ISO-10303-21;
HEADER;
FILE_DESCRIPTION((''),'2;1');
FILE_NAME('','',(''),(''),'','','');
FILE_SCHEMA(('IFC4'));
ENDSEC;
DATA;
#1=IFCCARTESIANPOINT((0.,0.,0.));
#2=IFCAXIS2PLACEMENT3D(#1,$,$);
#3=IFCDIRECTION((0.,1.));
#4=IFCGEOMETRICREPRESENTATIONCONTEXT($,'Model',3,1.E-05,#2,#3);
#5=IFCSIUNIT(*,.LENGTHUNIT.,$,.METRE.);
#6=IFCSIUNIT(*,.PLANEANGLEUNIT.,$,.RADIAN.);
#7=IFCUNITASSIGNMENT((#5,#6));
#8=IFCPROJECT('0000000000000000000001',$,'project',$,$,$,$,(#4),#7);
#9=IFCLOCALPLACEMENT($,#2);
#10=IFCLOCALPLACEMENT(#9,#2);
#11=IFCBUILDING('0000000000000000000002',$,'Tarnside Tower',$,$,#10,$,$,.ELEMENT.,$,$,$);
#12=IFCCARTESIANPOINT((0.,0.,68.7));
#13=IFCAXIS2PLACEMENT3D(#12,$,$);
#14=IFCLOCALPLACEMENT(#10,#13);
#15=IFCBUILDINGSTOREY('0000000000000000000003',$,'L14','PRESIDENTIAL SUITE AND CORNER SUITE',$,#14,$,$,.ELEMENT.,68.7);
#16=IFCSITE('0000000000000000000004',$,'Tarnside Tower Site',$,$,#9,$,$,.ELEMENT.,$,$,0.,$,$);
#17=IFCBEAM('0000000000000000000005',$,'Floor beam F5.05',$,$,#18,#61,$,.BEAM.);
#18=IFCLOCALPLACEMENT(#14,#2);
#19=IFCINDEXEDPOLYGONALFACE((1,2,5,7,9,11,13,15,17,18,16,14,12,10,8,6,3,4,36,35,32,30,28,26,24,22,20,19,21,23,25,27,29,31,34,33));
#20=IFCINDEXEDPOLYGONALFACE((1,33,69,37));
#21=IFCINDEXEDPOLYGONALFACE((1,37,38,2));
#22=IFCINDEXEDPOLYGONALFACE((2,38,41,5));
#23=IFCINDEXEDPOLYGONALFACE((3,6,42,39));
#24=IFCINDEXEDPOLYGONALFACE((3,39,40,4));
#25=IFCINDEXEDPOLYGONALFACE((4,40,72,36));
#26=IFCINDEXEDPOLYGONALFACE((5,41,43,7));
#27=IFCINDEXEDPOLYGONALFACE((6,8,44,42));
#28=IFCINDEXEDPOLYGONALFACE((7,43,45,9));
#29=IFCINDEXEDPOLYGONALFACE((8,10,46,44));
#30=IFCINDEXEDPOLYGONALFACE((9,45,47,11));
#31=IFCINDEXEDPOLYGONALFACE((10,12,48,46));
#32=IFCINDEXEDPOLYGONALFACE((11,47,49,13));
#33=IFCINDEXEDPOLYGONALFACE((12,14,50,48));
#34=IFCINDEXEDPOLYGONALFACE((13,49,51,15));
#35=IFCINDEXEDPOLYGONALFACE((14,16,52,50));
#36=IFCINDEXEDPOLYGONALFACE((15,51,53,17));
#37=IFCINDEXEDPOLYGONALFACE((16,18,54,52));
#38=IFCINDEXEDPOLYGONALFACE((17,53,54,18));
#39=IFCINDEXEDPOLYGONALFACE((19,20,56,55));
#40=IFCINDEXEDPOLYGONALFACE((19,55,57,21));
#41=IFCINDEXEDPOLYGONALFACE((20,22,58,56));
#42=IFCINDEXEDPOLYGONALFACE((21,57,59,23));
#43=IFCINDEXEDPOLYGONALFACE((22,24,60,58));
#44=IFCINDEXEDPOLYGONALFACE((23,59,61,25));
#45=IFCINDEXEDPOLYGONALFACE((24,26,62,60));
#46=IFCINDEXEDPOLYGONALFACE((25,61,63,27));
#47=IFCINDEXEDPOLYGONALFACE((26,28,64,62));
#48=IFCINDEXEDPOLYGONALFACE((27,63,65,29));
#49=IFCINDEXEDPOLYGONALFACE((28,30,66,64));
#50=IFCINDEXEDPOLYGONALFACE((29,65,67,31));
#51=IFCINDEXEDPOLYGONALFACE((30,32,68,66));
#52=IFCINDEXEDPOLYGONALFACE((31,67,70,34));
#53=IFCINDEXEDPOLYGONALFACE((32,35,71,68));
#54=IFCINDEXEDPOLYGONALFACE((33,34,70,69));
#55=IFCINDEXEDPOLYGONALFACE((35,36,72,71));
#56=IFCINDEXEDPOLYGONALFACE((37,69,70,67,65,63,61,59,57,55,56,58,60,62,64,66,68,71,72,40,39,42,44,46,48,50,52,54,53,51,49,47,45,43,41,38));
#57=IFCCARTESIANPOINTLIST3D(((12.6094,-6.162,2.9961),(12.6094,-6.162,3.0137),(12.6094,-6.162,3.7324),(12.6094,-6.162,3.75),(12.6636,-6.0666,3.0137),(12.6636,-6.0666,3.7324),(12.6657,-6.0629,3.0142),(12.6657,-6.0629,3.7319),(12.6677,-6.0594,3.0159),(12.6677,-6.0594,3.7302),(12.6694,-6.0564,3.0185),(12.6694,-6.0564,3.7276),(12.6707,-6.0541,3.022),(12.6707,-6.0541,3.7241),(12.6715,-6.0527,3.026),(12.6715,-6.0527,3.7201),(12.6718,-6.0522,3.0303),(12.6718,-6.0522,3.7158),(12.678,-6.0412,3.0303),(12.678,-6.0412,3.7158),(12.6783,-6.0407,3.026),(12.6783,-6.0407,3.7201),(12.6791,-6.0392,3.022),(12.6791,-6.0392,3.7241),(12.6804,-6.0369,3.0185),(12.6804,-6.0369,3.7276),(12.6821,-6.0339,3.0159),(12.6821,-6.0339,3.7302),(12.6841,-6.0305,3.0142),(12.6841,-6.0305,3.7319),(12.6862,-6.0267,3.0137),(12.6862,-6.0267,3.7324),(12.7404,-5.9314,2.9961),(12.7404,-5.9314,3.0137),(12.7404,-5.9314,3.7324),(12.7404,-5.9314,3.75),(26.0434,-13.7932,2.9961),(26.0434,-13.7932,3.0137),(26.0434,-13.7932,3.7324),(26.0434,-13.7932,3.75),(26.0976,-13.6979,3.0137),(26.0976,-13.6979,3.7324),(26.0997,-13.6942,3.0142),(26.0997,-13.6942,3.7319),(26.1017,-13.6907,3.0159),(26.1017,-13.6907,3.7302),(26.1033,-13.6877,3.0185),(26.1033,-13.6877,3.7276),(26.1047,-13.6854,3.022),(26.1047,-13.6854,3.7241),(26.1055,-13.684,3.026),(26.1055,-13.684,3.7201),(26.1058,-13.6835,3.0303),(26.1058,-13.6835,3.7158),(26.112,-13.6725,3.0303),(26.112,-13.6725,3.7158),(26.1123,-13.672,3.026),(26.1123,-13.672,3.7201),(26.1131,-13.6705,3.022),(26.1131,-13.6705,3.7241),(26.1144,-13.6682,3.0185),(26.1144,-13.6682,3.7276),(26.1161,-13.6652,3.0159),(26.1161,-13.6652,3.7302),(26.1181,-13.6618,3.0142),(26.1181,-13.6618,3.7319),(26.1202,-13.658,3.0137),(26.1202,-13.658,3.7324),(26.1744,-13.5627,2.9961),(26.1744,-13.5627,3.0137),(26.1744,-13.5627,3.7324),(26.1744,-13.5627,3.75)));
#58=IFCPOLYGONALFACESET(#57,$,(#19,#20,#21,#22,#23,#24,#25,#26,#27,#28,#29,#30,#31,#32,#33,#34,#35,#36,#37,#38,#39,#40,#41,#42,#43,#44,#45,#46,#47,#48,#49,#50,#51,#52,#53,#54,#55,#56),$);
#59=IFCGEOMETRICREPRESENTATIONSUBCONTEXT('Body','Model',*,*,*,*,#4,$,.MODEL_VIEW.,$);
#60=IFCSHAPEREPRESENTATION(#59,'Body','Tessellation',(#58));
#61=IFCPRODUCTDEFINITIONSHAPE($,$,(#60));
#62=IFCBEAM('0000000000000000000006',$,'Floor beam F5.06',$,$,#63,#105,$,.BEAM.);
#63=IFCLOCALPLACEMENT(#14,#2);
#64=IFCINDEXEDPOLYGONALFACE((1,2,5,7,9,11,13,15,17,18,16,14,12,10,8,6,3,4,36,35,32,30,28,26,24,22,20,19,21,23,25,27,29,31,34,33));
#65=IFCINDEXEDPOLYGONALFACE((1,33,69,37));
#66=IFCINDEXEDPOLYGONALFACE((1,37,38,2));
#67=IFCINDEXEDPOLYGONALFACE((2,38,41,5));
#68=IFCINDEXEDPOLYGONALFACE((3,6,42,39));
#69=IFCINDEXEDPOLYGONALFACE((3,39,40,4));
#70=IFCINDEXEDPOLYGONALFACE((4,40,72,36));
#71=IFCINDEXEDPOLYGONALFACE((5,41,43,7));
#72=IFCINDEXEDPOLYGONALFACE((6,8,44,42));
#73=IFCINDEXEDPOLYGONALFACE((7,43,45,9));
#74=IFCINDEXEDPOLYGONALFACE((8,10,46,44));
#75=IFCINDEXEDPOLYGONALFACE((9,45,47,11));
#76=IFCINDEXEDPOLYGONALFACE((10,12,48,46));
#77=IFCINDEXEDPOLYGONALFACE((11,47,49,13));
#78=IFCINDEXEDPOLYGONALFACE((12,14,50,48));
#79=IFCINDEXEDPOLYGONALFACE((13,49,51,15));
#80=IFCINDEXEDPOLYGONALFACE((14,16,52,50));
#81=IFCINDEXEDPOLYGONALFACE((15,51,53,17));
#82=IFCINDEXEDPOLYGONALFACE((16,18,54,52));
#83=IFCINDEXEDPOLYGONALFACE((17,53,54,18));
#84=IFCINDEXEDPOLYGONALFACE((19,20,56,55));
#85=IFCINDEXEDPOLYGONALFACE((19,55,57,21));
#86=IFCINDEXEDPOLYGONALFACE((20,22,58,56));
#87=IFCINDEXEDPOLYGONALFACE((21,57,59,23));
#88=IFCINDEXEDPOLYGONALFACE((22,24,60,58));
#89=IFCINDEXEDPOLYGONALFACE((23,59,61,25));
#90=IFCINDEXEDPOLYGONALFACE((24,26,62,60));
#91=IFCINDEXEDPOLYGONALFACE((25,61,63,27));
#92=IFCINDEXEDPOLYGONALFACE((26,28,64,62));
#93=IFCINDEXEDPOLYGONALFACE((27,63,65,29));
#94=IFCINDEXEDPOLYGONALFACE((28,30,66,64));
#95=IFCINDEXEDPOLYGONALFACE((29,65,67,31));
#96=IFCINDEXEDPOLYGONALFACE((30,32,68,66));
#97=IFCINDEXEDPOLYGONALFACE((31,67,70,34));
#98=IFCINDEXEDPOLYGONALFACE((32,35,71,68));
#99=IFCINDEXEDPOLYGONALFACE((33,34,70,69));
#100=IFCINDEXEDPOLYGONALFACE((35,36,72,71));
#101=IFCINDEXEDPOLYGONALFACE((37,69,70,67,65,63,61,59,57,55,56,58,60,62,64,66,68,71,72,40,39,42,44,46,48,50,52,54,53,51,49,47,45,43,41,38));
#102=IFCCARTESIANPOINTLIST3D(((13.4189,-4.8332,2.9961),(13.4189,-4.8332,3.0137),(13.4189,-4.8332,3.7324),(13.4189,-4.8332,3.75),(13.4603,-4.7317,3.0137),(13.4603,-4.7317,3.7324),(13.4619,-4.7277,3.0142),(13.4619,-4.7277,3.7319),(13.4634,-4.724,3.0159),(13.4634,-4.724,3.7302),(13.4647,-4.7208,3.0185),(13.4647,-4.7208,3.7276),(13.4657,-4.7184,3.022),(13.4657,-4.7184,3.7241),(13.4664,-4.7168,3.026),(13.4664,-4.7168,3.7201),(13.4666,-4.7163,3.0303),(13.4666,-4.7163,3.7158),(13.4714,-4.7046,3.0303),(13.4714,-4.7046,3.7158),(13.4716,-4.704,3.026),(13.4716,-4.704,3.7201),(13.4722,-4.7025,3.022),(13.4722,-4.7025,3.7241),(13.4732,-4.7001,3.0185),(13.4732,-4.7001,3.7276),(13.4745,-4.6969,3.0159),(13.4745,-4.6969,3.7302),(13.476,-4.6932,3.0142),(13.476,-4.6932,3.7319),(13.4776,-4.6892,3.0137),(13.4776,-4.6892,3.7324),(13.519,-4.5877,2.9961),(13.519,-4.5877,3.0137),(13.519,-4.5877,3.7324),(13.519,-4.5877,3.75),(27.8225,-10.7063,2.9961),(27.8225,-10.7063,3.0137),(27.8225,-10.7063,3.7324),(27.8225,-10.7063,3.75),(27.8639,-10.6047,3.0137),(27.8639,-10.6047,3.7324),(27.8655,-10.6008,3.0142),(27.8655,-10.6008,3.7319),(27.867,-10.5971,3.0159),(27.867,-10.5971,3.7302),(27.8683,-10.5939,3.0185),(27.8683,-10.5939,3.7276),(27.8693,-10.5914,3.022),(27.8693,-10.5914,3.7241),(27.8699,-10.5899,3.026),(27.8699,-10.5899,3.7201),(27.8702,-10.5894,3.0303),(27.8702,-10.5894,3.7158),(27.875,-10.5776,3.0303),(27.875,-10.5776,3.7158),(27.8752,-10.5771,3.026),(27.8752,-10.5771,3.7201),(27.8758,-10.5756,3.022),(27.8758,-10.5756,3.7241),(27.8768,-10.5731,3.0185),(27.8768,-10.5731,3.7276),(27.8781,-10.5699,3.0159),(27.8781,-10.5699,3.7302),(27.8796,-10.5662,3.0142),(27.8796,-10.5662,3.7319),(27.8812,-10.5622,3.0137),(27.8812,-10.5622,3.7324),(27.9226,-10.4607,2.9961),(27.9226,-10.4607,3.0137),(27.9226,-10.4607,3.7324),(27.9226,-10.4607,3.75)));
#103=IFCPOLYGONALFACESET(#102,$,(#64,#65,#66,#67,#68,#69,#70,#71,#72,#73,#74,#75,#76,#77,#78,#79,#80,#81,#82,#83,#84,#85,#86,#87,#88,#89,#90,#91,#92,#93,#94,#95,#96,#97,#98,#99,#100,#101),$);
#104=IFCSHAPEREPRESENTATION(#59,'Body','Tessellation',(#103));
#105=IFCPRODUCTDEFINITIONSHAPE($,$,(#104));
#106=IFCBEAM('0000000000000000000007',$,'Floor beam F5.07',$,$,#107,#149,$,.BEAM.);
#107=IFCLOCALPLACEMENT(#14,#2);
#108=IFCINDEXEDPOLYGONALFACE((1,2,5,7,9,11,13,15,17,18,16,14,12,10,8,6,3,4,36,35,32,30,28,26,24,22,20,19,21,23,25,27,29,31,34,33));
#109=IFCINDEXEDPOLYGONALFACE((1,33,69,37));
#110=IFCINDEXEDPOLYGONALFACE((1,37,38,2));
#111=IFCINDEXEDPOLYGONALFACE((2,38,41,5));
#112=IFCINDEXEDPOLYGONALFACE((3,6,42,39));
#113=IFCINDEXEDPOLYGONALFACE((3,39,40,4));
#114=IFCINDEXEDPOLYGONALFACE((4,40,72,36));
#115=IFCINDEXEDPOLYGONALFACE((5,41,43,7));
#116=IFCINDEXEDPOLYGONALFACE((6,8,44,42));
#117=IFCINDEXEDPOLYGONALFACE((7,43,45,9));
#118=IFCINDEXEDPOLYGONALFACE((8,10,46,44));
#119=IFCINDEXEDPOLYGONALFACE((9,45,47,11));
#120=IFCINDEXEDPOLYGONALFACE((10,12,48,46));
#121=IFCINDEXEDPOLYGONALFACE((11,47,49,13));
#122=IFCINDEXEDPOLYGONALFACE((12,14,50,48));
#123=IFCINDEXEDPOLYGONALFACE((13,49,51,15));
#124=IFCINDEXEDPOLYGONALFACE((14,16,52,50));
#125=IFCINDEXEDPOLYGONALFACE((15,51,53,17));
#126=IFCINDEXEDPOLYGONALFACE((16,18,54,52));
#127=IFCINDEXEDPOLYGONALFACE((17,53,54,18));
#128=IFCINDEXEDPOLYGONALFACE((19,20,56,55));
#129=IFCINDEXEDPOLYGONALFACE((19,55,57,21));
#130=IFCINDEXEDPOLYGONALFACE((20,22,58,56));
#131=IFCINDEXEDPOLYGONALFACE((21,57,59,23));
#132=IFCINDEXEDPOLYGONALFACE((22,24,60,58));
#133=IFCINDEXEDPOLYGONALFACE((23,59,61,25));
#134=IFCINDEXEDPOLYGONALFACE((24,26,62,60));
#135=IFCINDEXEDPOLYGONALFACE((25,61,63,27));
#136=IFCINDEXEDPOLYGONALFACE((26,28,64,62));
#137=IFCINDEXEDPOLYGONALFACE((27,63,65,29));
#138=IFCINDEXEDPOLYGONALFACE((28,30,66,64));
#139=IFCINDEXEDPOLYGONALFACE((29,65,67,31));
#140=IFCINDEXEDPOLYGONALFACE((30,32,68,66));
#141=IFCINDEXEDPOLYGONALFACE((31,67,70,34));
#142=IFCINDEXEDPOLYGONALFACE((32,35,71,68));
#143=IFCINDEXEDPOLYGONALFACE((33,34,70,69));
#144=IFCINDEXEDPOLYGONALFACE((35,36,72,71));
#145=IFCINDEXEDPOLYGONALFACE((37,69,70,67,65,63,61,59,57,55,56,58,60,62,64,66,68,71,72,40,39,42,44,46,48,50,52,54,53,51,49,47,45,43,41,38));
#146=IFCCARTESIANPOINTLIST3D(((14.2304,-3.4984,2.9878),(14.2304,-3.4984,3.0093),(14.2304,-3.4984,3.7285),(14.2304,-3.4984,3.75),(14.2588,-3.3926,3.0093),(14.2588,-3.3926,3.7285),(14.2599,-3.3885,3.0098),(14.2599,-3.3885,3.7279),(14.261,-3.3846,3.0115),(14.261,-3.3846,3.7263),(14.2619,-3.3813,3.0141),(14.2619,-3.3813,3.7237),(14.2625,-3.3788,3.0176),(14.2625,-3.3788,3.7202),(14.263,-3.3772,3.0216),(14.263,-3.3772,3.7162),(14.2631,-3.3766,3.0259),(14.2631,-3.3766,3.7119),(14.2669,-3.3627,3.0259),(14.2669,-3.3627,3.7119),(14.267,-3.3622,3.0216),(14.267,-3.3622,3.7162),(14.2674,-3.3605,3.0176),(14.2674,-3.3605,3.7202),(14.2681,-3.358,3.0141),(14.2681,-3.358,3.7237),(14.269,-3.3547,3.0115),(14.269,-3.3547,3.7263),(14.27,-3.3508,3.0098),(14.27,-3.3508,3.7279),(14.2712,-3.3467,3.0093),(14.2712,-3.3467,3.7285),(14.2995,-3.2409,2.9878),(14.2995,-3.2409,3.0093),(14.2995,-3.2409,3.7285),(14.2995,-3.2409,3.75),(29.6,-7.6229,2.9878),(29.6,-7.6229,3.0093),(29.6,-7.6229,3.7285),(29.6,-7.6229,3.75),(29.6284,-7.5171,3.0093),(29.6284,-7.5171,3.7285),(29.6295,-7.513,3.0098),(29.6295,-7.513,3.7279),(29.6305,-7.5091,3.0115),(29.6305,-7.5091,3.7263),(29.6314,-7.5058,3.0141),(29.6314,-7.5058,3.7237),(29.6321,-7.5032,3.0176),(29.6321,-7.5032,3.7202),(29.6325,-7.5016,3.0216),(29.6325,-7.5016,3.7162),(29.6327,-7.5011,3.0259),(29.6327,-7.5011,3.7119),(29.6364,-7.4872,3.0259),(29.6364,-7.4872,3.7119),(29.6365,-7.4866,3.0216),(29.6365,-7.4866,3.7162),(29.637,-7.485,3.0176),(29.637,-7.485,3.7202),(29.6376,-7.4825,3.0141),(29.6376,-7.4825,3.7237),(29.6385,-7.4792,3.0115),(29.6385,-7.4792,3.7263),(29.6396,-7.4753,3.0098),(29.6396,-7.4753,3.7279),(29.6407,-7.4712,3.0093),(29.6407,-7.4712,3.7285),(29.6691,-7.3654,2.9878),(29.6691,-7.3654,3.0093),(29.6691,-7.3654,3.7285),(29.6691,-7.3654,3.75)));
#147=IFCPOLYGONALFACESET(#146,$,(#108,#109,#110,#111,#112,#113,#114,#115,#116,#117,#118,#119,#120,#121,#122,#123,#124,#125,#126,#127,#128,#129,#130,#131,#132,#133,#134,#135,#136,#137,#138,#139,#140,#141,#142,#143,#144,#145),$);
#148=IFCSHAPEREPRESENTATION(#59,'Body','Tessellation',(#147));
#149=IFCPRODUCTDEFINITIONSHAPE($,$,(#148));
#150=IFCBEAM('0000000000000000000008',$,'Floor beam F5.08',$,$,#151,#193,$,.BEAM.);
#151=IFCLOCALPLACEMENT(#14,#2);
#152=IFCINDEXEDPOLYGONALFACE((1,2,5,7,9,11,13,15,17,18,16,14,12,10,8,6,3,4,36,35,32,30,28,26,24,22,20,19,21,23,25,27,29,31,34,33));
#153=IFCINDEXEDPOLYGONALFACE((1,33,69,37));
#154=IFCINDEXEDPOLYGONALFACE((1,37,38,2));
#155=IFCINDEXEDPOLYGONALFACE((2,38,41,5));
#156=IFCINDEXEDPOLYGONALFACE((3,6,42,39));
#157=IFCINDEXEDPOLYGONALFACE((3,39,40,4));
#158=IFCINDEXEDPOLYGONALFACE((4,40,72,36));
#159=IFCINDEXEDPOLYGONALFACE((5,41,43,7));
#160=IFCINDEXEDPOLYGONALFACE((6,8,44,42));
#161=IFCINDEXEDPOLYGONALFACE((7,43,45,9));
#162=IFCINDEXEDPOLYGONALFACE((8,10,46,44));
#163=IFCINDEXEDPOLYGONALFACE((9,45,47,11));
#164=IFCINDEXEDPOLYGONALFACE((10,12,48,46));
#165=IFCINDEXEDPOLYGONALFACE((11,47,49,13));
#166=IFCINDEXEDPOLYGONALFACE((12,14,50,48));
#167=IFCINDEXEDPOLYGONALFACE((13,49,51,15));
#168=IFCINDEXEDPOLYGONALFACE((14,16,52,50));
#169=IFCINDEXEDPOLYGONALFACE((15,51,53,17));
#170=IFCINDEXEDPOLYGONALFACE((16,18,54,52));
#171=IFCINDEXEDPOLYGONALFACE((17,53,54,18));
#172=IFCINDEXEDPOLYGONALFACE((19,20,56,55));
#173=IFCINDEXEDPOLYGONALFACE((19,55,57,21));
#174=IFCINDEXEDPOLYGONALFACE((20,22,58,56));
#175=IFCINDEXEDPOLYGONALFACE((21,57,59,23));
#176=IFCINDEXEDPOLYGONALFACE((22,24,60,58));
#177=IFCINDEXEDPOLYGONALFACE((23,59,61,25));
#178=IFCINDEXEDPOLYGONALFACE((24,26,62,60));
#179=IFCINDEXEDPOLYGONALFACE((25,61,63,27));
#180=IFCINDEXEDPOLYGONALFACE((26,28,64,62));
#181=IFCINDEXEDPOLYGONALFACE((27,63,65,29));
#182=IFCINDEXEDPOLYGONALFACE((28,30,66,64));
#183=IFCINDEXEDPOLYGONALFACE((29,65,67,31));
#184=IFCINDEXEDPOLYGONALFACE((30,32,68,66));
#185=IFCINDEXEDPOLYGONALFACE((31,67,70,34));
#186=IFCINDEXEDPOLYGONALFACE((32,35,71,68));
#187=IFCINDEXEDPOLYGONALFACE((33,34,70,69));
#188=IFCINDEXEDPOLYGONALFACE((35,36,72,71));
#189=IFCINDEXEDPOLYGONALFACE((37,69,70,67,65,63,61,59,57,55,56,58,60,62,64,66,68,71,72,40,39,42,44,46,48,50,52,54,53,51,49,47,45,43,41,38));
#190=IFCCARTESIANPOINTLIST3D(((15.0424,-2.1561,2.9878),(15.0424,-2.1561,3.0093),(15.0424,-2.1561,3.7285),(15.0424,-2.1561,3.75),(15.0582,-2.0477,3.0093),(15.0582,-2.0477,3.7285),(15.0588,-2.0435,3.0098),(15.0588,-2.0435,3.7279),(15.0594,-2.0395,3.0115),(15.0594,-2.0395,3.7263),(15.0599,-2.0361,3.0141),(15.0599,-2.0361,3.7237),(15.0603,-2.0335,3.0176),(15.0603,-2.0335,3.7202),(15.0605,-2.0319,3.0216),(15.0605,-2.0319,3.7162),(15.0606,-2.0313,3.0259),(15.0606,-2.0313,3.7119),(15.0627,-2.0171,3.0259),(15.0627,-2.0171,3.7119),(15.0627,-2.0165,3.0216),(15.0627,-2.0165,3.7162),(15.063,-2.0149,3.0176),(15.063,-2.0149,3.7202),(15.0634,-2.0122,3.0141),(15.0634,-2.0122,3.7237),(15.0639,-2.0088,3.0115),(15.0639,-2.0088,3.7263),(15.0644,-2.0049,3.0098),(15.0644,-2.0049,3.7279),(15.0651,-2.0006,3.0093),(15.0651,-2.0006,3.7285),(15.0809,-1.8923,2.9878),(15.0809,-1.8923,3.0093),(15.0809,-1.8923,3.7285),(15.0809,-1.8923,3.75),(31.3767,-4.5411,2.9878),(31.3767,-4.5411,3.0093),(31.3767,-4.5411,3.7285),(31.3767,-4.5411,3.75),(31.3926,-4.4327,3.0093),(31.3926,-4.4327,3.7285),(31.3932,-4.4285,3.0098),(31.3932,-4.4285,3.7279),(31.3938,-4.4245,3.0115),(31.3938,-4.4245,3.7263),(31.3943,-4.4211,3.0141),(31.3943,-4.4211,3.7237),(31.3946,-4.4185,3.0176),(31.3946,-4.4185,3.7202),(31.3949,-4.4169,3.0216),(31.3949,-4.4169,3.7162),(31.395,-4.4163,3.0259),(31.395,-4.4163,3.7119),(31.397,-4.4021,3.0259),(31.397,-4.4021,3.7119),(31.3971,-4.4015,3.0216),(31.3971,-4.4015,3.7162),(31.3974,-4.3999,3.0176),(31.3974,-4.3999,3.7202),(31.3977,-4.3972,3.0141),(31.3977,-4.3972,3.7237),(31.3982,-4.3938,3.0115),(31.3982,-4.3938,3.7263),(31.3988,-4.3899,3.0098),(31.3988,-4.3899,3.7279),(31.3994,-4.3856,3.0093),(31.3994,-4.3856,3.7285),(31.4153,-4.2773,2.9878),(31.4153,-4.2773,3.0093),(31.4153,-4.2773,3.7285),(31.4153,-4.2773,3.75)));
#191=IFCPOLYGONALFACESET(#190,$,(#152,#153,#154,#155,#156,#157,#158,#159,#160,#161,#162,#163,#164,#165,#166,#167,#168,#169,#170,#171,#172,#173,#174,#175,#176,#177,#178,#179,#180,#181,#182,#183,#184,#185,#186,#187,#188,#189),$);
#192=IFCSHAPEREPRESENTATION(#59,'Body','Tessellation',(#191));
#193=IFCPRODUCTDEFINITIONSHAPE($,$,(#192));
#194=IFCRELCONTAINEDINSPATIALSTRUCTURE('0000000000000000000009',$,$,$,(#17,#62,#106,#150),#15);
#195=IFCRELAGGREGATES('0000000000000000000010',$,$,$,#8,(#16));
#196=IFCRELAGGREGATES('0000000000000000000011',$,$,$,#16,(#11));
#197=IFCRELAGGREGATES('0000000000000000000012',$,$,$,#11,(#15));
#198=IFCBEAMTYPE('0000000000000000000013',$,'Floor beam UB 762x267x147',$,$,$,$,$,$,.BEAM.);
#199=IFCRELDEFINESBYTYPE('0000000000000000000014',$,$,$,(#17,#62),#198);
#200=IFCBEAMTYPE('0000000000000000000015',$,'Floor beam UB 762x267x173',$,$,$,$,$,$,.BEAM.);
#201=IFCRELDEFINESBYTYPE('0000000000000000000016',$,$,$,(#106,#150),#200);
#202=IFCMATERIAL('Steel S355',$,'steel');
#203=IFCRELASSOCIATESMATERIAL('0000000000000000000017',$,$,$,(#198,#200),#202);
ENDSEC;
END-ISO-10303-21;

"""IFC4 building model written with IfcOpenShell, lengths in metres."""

from ifc_helpers import new_model, si_unit, direction, frame, origin, origin_2d, place, context, subcontext, project, spatial, i_section, extrude, material, material_profile, profile_set, type_object, element, save


model = new_model("IFC4")

# Units and contexts
model_context = context("Model", 3, precision=1e-05, world=origin(), true_north=direction((0.0, 1.0)))
body_context = subcontext(model_context, "Body", "Model", "MODEL_VIEW")
ifc_project = project(units=[si_unit("LENGTHUNIT", "METRE"), si_unit("PLANEANGLEUNIT", "RADIAN")], contexts=[model_context])

# Site, building, storey
site_placement = place(None, origin())
site = spatial("IfcSite", under=ifc_project, at=site_placement, Name="Tarnside Tower Site", CompositionType="ELEMENT", RefElevation=0.0)
building_placement = place(site_placement, origin())
building = spatial("IfcBuilding", under=site, at=building_placement, Name="Tarnside Tower", CompositionType="ELEMENT")
storey_placement = place(building_placement, frame((0.0, 0.0, 68.7)))
storey = spatial("IfcBuildingStorey", under=building, at=storey_placement, Name="L14", Description="PRESIDENTIAL SUITE AND CORNER SUITE", CompositionType="ELEMENT", Elevation=68.7)

# Beams
ifc_material_1 = material(Name="Steel S355", Category="steel")
ifc_material_profile_1 = material_profile(ifc_material_1, i_section(OverallWidth=0.2651, OverallDepth=0.7539, WebThickness=0.0127, FlangeThickness=0.0176, FilletRadius=0.0166, at=origin_2d()), Name="UB 762x267x147")
ifc_profile_set_1 = profile_set([ifc_material_profile_1], Name="Steel S355")
beam_type_1 = type_object("IfcBeamType", Name="Floor beam UB 762x267x147", PredefinedType="BEAM", material=ifc_profile_set_1)
beam_1_placement = place(storey_placement, frame((26.1089, -13.678, 3.373), z_axis=(-0.869503, 0.493929, 0.0), x_axis=(-0.493929, -0.869503, 0.0)))
element("IfcBeam", 1, at=beam_1_placement, inside=storey, type_object=beam_type_1, Name="Floor beam F5.05", PredefinedType="BEAM", context=body_context, shape_type="SweptSolid", body=[
    extrude(i_section(OverallWidth=0.2651, OverallDepth=0.7539, WebThickness=0.0127, FlangeThickness=0.0176, FilletRadius=0.0166, at=origin_2d()), origin(), (0.0, 0.0, 1.0), 15.4502),
])
beam_2_placement = place(storey_placement, frame((27.8726, -10.5835, 3.373), z_axis=(-0.925982, 0.377569, 0.0), x_axis=(-0.377569, -0.925982, 0.0)))
element("IfcBeam", 2, at=beam_2_placement, inside=storey, type_object=beam_type_1, Name="Floor beam F5.06", PredefinedType="BEAM", context=body_context, shape_type="SweptSolid", body=[
    extrude(i_section(OverallWidth=0.2651, OverallDepth=0.7539, WebThickness=0.0127, FlangeThickness=0.0176, FilletRadius=0.0166, at=origin_2d()), origin(), (0.0, 0.0, 1.0), 15.5549),
])
ifc_material_profile_2 = material_profile(ifc_material_1, i_section(OverallWidth=0.2666, OverallDepth=0.7622, WebThickness=0.0144, FlangeThickness=0.0215, FilletRadius=0.0166, at=origin_2d()), Name="UB 762x267x173")
ifc_profile_set_2 = profile_set([ifc_material_profile_2], Name="Steel S355")
beam_type_2 = type_object("IfcBeamType", Name="Floor beam UB 762x267x173", PredefinedType="BEAM", material=ifc_profile_set_2)
beam_3_placement = place(storey_placement, frame((29.6345, -7.4941, 3.3689), z_axis=(-0.965828, 0.259184, 0.0), x_axis=(-0.259184, -0.965828, 0.0)))
element("IfcBeam", 3, at=beam_3_placement, inside=storey, type_object=beam_type_2, Name="Floor beam F5.07", PredefinedType="BEAM", context=body_context, shape_type="SweptSolid", body=[
    extrude(i_section(OverallWidth=0.2666, OverallDepth=0.7622, WebThickness=0.0144, FlangeThickness=0.0215, FilletRadius=0.0166, at=origin_2d()), origin(), (0.0, 0.0, 1.0), 15.9133),
])
beam_4_placement = place(storey_placement, frame((31.396, -4.4092, 3.3689), z_axis=(-0.989508, 0.144479, 0.0), x_axis=(-0.144479, -0.989508, 0.0)))
element("IfcBeam", 4, at=beam_4_placement, inside=storey, type_object=beam_type_2, Name="Floor beam F5.08", PredefinedType="BEAM", context=body_context, shape_type="SweptSolid", body=[
    extrude(i_section(OverallWidth=0.2666, OverallDepth=0.7622, WebThickness=0.0144, FlangeThickness=0.0215, FilletRadius=0.0166, at=origin_2d()), origin(), (0.0, 0.0, 1.0), 16.5076),
])

save(model, "model.ifc")
